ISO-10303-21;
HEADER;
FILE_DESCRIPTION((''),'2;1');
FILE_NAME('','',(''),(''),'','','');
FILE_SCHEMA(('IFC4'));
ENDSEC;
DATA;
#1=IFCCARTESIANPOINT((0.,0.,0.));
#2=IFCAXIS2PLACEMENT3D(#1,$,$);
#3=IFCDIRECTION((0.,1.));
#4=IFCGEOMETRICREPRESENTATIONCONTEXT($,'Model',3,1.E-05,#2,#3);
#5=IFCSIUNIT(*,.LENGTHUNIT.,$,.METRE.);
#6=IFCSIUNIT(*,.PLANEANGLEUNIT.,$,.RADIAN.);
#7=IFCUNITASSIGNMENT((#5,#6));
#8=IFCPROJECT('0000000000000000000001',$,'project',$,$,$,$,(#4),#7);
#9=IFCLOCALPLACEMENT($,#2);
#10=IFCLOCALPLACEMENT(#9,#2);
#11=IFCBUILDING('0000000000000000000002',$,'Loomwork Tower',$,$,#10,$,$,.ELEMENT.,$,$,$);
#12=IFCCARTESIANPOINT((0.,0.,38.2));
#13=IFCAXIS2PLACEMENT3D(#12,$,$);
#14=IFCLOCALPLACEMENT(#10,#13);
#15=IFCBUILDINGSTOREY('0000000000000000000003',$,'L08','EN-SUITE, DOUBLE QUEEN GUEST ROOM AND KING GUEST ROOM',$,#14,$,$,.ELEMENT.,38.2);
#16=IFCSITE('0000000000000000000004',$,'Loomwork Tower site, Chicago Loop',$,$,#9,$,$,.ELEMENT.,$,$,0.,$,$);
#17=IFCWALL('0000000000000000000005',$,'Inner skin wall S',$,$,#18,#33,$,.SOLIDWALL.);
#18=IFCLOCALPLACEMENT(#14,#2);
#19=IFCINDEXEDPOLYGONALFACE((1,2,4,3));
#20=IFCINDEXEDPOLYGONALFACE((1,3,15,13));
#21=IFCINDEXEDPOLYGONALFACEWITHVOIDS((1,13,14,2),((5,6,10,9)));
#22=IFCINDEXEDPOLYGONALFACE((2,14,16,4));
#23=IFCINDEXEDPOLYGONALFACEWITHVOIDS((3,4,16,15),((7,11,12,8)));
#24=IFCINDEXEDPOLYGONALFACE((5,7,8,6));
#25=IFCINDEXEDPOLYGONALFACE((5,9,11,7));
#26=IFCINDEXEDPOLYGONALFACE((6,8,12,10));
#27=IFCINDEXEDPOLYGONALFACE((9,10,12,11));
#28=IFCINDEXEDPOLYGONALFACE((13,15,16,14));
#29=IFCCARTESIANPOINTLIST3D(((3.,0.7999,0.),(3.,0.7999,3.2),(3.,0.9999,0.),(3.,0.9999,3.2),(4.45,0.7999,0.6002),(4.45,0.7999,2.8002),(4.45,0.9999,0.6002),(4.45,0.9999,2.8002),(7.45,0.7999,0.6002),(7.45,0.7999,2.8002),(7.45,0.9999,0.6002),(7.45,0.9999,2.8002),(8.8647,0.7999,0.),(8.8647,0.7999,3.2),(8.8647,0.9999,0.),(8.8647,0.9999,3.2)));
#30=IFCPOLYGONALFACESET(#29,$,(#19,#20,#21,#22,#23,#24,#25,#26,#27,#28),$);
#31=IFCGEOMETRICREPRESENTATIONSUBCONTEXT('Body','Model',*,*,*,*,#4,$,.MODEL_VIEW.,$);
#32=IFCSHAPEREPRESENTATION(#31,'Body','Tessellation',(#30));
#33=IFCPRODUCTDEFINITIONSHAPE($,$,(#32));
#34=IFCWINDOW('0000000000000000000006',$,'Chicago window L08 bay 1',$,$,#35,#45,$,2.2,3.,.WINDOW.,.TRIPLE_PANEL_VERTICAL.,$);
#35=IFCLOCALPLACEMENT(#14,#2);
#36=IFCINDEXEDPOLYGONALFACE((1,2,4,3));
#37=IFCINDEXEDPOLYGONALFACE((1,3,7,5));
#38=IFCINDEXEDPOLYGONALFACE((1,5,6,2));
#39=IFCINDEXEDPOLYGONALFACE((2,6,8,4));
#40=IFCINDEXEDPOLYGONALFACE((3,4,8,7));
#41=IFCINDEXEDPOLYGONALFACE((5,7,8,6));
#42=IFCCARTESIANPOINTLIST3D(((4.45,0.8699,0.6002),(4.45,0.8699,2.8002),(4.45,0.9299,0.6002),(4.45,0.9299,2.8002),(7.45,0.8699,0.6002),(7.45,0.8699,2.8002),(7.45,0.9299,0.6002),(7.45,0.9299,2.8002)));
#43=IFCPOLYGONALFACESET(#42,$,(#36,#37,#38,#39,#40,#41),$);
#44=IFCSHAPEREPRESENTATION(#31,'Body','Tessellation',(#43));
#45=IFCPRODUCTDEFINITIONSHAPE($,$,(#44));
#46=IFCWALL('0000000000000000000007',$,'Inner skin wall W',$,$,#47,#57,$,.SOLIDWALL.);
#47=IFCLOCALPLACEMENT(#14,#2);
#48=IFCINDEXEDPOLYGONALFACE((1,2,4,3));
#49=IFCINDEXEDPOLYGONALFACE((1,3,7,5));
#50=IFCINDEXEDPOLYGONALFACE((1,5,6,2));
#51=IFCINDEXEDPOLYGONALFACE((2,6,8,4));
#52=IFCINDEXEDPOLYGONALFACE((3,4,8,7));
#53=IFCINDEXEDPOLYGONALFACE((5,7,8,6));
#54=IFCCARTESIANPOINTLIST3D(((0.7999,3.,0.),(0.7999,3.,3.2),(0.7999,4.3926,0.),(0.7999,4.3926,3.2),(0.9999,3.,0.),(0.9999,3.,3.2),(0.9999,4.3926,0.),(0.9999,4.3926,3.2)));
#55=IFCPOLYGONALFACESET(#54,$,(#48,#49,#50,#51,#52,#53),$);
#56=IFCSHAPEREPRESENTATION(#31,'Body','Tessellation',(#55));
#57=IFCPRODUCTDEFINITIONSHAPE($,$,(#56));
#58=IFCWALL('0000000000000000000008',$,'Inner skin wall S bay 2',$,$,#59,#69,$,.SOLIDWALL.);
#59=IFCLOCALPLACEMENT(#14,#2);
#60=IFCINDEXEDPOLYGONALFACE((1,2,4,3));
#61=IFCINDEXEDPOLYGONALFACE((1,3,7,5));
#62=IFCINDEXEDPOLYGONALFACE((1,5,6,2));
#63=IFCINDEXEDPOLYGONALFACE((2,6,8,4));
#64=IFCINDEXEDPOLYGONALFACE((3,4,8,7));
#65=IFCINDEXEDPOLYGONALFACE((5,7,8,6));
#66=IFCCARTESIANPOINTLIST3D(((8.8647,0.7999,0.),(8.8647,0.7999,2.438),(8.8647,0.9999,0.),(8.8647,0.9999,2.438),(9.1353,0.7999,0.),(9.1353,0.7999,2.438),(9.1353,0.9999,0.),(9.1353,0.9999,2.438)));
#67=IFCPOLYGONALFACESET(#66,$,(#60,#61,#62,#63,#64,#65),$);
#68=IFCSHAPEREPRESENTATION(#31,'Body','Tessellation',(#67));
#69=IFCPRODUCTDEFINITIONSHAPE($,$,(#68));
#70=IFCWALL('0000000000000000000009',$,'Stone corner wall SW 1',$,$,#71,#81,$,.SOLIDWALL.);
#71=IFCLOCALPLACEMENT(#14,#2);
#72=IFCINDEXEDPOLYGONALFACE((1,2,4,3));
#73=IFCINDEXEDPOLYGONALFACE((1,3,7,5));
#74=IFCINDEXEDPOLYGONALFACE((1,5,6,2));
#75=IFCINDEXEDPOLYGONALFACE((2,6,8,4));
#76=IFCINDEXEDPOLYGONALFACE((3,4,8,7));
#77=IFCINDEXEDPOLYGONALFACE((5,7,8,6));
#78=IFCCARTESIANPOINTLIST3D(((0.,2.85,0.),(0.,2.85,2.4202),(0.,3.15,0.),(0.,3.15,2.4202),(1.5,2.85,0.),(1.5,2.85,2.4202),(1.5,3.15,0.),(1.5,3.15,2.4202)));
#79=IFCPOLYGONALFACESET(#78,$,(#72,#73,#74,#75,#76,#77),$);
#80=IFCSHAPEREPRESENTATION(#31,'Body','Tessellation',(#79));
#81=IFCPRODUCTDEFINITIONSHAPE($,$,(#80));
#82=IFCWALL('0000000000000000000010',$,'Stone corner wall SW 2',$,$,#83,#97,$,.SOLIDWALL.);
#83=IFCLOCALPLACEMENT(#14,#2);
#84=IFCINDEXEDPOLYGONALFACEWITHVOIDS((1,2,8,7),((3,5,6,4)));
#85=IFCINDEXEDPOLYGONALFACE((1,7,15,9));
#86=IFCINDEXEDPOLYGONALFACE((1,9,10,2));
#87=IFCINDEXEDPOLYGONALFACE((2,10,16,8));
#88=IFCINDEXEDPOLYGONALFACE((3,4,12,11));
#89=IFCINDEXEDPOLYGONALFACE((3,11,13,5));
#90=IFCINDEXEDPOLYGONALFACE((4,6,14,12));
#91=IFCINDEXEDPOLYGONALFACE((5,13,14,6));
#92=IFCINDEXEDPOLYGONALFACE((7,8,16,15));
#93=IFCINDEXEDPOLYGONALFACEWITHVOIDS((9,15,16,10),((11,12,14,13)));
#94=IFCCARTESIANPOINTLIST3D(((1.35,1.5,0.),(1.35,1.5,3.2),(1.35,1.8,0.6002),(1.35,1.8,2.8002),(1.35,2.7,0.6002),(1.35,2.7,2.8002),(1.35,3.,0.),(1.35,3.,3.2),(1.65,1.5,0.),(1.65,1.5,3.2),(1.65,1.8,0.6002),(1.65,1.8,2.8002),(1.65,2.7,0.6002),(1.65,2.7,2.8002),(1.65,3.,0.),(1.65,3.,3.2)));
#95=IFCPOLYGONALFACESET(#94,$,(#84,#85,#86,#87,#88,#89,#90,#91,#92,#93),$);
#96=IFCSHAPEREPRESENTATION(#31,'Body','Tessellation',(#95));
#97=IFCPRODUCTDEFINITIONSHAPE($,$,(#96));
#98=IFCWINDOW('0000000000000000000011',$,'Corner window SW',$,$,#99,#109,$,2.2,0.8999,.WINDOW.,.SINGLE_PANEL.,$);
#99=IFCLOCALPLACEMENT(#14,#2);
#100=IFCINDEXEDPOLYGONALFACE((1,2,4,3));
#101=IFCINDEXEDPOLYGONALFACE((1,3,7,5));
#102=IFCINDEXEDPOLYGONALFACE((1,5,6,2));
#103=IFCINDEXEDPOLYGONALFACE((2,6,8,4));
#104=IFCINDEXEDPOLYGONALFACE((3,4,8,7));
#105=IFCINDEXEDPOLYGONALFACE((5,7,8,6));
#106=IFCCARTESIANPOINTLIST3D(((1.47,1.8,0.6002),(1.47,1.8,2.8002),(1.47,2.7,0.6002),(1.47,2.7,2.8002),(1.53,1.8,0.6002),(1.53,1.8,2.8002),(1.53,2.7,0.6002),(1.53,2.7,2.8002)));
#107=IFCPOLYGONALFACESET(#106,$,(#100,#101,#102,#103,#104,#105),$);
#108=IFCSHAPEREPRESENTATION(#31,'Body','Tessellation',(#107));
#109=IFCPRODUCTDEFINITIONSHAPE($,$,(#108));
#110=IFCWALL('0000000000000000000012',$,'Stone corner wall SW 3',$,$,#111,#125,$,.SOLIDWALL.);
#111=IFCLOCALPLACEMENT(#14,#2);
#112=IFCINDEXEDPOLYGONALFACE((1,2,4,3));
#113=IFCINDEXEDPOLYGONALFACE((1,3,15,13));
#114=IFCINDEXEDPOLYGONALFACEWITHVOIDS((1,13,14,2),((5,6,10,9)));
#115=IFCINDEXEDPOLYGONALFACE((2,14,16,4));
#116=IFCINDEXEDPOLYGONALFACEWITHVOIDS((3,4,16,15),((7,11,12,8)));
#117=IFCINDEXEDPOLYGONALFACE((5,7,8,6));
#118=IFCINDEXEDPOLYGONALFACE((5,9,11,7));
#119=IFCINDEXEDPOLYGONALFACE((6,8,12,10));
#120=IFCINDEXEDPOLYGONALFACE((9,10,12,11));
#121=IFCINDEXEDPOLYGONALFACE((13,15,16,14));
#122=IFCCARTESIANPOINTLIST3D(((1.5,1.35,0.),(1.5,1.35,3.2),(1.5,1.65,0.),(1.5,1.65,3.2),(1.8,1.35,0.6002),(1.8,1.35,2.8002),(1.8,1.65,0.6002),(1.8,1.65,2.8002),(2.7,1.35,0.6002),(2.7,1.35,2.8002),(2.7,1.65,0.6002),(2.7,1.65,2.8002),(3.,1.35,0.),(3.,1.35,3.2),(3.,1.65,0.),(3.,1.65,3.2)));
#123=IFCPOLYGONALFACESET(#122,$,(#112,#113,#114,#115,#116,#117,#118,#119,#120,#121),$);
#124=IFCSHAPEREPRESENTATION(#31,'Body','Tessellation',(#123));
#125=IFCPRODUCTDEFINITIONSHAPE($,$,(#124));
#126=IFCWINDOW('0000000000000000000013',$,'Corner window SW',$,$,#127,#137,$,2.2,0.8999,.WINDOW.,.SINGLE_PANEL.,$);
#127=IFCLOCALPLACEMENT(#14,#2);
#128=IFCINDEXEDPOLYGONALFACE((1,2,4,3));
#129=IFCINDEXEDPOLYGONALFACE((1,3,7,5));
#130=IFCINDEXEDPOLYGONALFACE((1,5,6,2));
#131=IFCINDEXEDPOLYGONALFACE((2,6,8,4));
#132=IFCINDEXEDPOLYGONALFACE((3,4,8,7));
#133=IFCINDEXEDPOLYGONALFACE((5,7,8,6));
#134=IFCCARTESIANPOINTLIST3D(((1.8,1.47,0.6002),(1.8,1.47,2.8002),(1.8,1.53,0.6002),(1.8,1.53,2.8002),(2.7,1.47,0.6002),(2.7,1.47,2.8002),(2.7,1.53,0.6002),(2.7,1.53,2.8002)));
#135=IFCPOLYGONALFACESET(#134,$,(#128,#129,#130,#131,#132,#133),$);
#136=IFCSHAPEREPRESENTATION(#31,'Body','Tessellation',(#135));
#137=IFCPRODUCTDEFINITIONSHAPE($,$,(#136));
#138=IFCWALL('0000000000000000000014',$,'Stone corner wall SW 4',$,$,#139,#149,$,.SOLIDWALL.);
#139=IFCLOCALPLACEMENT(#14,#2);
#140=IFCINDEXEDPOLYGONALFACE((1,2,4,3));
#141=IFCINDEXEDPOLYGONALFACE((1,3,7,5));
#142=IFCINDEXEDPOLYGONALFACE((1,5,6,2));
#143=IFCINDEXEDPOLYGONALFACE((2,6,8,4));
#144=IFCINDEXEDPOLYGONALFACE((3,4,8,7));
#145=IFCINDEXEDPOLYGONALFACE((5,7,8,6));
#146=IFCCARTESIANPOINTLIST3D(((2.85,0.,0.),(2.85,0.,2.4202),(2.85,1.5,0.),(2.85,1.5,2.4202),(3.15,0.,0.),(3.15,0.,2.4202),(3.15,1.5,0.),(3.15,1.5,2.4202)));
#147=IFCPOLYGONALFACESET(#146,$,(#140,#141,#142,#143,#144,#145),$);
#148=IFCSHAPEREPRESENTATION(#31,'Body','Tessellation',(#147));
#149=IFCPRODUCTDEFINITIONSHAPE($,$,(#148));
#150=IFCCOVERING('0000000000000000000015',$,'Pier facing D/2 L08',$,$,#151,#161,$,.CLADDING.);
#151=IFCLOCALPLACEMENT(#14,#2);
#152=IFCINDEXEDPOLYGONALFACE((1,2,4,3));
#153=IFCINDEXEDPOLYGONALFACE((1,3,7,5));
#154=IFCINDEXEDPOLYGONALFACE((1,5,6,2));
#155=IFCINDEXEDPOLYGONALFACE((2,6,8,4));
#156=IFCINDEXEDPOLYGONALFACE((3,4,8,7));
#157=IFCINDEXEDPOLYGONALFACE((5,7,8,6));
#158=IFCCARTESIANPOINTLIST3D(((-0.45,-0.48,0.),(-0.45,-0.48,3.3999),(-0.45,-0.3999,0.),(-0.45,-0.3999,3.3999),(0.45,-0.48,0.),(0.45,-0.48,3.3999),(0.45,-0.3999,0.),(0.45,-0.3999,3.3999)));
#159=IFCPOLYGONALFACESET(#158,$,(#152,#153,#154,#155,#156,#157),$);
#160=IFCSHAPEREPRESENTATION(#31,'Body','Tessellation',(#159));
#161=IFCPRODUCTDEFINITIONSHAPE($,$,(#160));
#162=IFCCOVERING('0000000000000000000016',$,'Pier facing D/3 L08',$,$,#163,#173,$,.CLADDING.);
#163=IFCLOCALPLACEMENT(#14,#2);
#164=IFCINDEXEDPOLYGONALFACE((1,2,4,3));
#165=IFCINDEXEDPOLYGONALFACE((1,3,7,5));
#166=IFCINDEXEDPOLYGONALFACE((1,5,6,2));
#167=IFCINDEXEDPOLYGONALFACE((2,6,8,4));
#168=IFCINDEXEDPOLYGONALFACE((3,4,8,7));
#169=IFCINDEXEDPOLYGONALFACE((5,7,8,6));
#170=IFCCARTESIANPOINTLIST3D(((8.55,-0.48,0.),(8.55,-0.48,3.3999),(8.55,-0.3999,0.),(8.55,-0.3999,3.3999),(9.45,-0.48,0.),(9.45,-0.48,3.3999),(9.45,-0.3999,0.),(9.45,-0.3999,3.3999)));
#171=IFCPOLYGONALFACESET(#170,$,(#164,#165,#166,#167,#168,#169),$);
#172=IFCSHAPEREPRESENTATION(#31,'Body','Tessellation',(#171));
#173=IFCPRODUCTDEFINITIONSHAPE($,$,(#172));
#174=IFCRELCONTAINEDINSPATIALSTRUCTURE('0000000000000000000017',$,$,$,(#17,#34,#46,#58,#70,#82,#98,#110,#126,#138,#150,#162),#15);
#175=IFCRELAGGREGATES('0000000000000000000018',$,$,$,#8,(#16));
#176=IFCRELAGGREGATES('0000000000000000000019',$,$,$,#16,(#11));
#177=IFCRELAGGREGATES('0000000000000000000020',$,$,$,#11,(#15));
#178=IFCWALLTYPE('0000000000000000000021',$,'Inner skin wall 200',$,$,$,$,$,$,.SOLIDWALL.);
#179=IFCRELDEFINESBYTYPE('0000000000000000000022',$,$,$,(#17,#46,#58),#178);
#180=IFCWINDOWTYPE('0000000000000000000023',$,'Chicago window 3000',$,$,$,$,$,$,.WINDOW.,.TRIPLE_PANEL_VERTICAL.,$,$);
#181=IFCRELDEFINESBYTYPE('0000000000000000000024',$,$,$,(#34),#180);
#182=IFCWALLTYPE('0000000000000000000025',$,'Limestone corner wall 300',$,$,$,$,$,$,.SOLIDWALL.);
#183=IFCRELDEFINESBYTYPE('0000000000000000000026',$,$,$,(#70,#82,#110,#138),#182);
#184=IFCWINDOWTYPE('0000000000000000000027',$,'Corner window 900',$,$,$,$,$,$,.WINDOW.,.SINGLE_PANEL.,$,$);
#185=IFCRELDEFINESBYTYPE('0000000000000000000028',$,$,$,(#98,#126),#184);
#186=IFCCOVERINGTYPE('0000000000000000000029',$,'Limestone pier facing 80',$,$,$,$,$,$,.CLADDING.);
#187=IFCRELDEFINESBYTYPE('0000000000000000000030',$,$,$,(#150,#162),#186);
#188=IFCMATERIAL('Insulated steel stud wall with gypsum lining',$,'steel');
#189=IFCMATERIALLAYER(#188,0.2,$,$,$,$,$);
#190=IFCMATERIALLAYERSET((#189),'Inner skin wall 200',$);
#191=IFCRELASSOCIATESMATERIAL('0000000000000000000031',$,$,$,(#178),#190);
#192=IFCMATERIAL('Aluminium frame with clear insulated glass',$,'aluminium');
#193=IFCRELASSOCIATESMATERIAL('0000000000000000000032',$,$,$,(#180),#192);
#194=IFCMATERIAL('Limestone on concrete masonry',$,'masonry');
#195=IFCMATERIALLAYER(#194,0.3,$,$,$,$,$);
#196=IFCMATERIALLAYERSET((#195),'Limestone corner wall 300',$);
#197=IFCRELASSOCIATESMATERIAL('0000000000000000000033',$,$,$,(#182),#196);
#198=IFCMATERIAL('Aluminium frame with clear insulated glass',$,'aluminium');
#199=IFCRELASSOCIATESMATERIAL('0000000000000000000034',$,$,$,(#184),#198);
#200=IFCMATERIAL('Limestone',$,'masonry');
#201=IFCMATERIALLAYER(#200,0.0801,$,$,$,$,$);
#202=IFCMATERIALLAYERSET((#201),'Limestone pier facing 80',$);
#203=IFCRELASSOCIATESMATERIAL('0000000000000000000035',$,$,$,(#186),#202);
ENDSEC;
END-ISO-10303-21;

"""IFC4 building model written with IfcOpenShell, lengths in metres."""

from ifc_helpers import new_model, si_unit, direction, frame, frame_2d, origin, origin_2d, place, context, subcontext, project, spatial, rectangle, extrude, material, layer, layer_set, type_object, element, fill, save


model = new_model("IFC4")

# Units and contexts
model_context = context("Model", 3, precision=1e-05, world=origin(), true_north=direction((0.0, 1.0)))
body_context = subcontext(model_context, "Body", "Model", "MODEL_VIEW")
ifc_project = project(units=[si_unit("LENGTHUNIT", "METRE"), si_unit("PLANEANGLEUNIT", "RADIAN")], contexts=[model_context])

# Site, building, storey
site_placement = place(None, origin())
site = spatial("IfcSite", under=ifc_project, at=site_placement, Name="Loomwork Tower site, Chicago Loop", CompositionType="ELEMENT", RefElevation=0.0)
building_placement = place(site_placement, origin())
building = spatial("IfcBuilding", under=site, at=building_placement, Name="Loomwork Tower", CompositionType="ELEMENT")
storey_placement = place(building_placement, frame((0.0, 0.0, 38.2)))
storey = spatial("IfcBuildingStorey", under=building, at=storey_placement, Name="L08", Description="EN-SUITE, DOUBLE QUEEN GUEST ROOM AND KING GUEST ROOM", CompositionType="ELEMENT", Elevation=38.2)

# Wall, opening, window
ifc_material_1 = material(Name="Insulated steel stud wall with gypsum lining", Category="steel")
ifc_layer_1 = layer(ifc_material_1, 0.2)
ifc_layer_set_1 = layer_set([ifc_layer_1], Name="Inner skin wall 200")
wall_type_1 = type_object("IfcWallType", Name="Inner skin wall 200", PredefinedType="SOLIDWALL", material=ifc_layer_set_1)
wall_1_placement = place(storey_placement, frame((3.0, 0.8999, 0.0), z_axis=(0.0, 0.0, 1.0), x_axis=(1.0, 0.0, 0.0)))
wall_1 = element("IfcWall", 1, at=wall_1_placement, inside=storey, type_object=wall_type_1, Name="Inner skin wall S", PredefinedType="SOLIDWALL", context=body_context, shape_type="SweptSolid", body=[
    extrude(rectangle(XDim=5.8647, YDim=0.2, at=frame_2d((2.9324, 0.0))), origin(), (0.0, 0.0, 1.0), 3.2),
])
opening_1_placement = place(wall_1_placement, frame((1.45, 0.0, 0.6001)))
opening_1 = element("IfcOpeningElement", 2, at=opening_1_placement, cuts=wall_1, PredefinedType="OPENING", context=body_context, shape_type="SweptSolid", body=[
    extrude(rectangle(XDim=3.0, YDim=2.2, at=frame_2d((1.5, 1.1001))), frame((0.0, 0.1099, 0.0), z_axis=(0.0, -1.0, 0.0), x_axis=(1.0, 0.0, 0.0)), (0.0, 0.0, 1.0), 0.22),
])
ifc_material_2 = material(Name="Aluminium frame with clear insulated glass", Category="aluminium")
window_type_1 = type_object("IfcWindowType", Name="Chicago window 3000", PartitioningType="TRIPLE_PANEL_VERTICAL", PredefinedType="WINDOW", material=ifc_material_2)
window_1_placement = place(opening_1_placement, origin())
window_1 = element("IfcWindow", 3, at=window_1_placement, inside=storey, type_object=window_type_1, Name="Chicago window L08 bay 1", OverallHeight=2.2, OverallWidth=3.0, PartitioningType="TRIPLE_PANEL_VERTICAL", PredefinedType="WINDOW", context=body_context, shape_type="SweptSolid", body=[
    extrude(rectangle(XDim=3.0, YDim=2.2, at=frame_2d((1.5, 1.1001))), frame((0.0, 0.03, 0.0), z_axis=(0.0, -1.0, 0.0), x_axis=(1.0, 0.0, 0.0)), (0.0, 0.0, 1.0), 0.0601),
])
fill(opening_1, window_1)

# Walls
wall_2_placement = place(storey_placement, frame((0.8999, 3.0, 0.0), z_axis=(0.0, 0.0, 1.0), x_axis=(0.0, 1.0, 0.0)))
element("IfcWall", 4, at=wall_2_placement, inside=storey, type_object=wall_type_1, Name="Inner skin wall W", PredefinedType="SOLIDWALL", context=body_context, shape_type="SweptSolid", body=[
    extrude(rectangle(XDim=1.3926, YDim=0.2, at=frame_2d((0.6963, 0.0))), origin(), (0.0, 0.0, 1.0), 3.2),
])
wall_3_placement = place(storey_placement, frame((8.8647, 0.8999, 0.0), z_axis=(0.0, 0.0, 1.0), x_axis=(1.0, 0.0, 0.0)))
element("IfcWall", 5, at=wall_3_placement, inside=storey, type_object=wall_type_1, Name="Inner skin wall S bay 2", PredefinedType="SOLIDWALL", context=body_context, shape_type="SweptSolid", body=[
    extrude(rectangle(XDim=0.2705, YDim=0.2, at=frame_2d((0.1353, 0.0))), origin(), (0.0, 0.0, 1.0), 2.438),
])
ifc_material_3 = material(Name="Limestone on concrete masonry", Category="masonry")
ifc_layer_2 = layer(ifc_material_3, 0.3)
ifc_layer_set_2 = layer_set([ifc_layer_2], Name="Limestone corner wall 300")
wall_type_2 = type_object("IfcWallType", Name="Limestone corner wall 300", PredefinedType="SOLIDWALL", material=ifc_layer_set_2)
wall_4_placement = place(storey_placement, frame((0.0, 3.0, 0.0), z_axis=(0.0, 0.0, 1.0), x_axis=(1.0, 0.0, 0.0)))
element("IfcWall", 6, at=wall_4_placement, inside=storey, type_object=wall_type_2, Name="Stone corner wall SW 1", PredefinedType="SOLIDWALL", context=body_context, shape_type="SweptSolid", body=[
    extrude(rectangle(XDim=1.5, YDim=0.3, at=frame_2d((0.75, 0.0))), origin(), (0.0, 0.0, 1.0), 2.4202),
])

# Walls, openings, windows
wall_5_placement = place(storey_placement, frame((1.5, 3.0, 0.0), z_axis=(0.0, 0.0, 1.0), x_axis=(0.0, -1.0, 0.0)))
wall_5 = element("IfcWall", 7, at=wall_5_placement, inside=storey, type_object=wall_type_2, Name="Stone corner wall SW 2", PredefinedType="SOLIDWALL", context=body_context, shape_type="SweptSolid", body=[
    extrude(rectangle(XDim=1.5, YDim=0.3, at=frame_2d((0.75, 0.0))), origin(), (0.0, 0.0, 1.0), 3.2),
])
opening_2_placement = place(wall_5_placement, frame((0.3, 0.0, 0.6001)))
opening_2 = element("IfcOpeningElement", 8, at=opening_2_placement, cuts=wall_5, PredefinedType="OPENING", context=body_context, shape_type="SweptSolid", body=[
    extrude(rectangle(XDim=0.8999, YDim=2.2, at=frame_2d((0.45, 1.1001))), frame((0.0, 0.1599, 0.0), z_axis=(0.0, -1.0, 0.0), x_axis=(1.0, 0.0, 0.0)), (0.0, 0.0, 1.0), 0.3201),
])
ifc_material_4 = material(Name="Aluminium frame with clear insulated glass", Category="aluminium")
window_type_2 = type_object("IfcWindowType", Name="Corner window 900", PartitioningType="SINGLE_PANEL", PredefinedType="WINDOW", material=ifc_material_4)
window_2_placement = place(opening_2_placement, origin())
window_2 = element("IfcWindow", 9, at=window_2_placement, inside=storey, type_object=window_type_2, Name="Corner window SW", OverallHeight=2.2, OverallWidth=0.8999, PartitioningType="SINGLE_PANEL", PredefinedType="WINDOW", context=body_context, shape_type="SweptSolid", body=[
    extrude(rectangle(XDim=0.8999, YDim=2.2, at=frame_2d((0.45, 1.1001))), frame((0.0, 0.03, 0.0), z_axis=(0.0, -1.0, 0.0), x_axis=(1.0, 0.0, 0.0)), (0.0, 0.0, 1.0), 0.0601),
])
fill(opening_2, window_2)
wall_6_placement = place(storey_placement, frame((1.5, 1.5, 0.0), z_axis=(0.0, 0.0, 1.0), x_axis=(1.0, 0.0, 0.0)))
wall_6 = element("IfcWall", 10, at=wall_6_placement, inside=storey, type_object=wall_type_2, Name="Stone corner wall SW 3", PredefinedType="SOLIDWALL", context=body_context, shape_type="SweptSolid", body=[
    extrude(rectangle(XDim=1.5, YDim=0.3, at=frame_2d((0.75, 0.0))), origin(), (0.0, 0.0, 1.0), 3.2),
])
opening_3_placement = place(wall_6_placement, frame((0.3, 0.0, 0.6001)))
opening_3 = element("IfcOpeningElement", 11, at=opening_3_placement, cuts=wall_6, PredefinedType="OPENING", context=body_context, shape_type="SweptSolid", body=[
    extrude(rectangle(XDim=0.8999, YDim=2.2, at=frame_2d((0.45, 1.1001))), frame((0.0, 0.1599, 0.0), z_axis=(0.0, -1.0, 0.0), x_axis=(1.0, 0.0, 0.0)), (0.0, 0.0, 1.0), 0.3201),
])
window_3_placement = place(opening_3_placement, origin())
window_3 = element("IfcWindow", 12, at=window_3_placement, inside=storey, type_object=window_type_2, Name="Corner window SW", OverallHeight=2.2, OverallWidth=0.8999, PartitioningType="SINGLE_PANEL", PredefinedType="WINDOW", context=body_context, shape_type="SweptSolid", body=[
    extrude(rectangle(XDim=0.8999, YDim=2.2, at=frame_2d((0.45, 1.1001))), frame((0.0, 0.03, 0.0), z_axis=(0.0, -1.0, 0.0), x_axis=(1.0, 0.0, 0.0)), (0.0, 0.0, 1.0), 0.0601),
])
fill(opening_3, window_3)

# Wall
wall_7_placement = place(storey_placement, frame((3.0, 1.5, 0.0), z_axis=(0.0, 0.0, 1.0), x_axis=(0.0, -1.0, 0.0)))
element("IfcWall", 13, at=wall_7_placement, inside=storey, type_object=wall_type_2, Name="Stone corner wall SW 4", PredefinedType="SOLIDWALL", context=body_context, shape_type="SweptSolid", body=[
    extrude(rectangle(XDim=1.5, YDim=0.3, at=frame_2d((0.75, 0.0))), origin(), (0.0, 0.0, 1.0), 2.4202),
])

# Coverings
ifc_material_5 = material(Name="Limestone", Category="masonry")
ifc_layer_3 = layer(ifc_material_5, 0.0801)
ifc_layer_set_3 = layer_set([ifc_layer_3], Name="Limestone pier facing 80")
covering_type_1 = type_object("IfcCoveringType", Name="Limestone pier facing 80", PredefinedType="CLADDING", material=ifc_layer_set_3)
for number, where, z_axis, x_axis, name in (
    (14, (0.0, -0.4399, 0.0), (0.0, 0.0, 1.0), (1.0, 0.0, 0.0), "Pier facing D/2 L08"),
    (15, (9.0, -0.4399, 0.0), (0.0, 0.0, 1.0), (1.0, 0.0, 0.0), "Pier facing D/3 L08"),
):
    element("IfcCovering", number, at=place(storey_placement, frame(where, z_axis=z_axis, x_axis=x_axis)), inside=storey, type_object=covering_type_1, Name=name, PredefinedType="CLADDING", context=body_context, shape_type="SweptSolid", body=[
        extrude(rectangle(XDim=0.8999, YDim=0.0801, at=origin_2d()), origin(), (0.0, 0.0, 1.0), 3.3999),
    ])

save(model, "model.ifc")
